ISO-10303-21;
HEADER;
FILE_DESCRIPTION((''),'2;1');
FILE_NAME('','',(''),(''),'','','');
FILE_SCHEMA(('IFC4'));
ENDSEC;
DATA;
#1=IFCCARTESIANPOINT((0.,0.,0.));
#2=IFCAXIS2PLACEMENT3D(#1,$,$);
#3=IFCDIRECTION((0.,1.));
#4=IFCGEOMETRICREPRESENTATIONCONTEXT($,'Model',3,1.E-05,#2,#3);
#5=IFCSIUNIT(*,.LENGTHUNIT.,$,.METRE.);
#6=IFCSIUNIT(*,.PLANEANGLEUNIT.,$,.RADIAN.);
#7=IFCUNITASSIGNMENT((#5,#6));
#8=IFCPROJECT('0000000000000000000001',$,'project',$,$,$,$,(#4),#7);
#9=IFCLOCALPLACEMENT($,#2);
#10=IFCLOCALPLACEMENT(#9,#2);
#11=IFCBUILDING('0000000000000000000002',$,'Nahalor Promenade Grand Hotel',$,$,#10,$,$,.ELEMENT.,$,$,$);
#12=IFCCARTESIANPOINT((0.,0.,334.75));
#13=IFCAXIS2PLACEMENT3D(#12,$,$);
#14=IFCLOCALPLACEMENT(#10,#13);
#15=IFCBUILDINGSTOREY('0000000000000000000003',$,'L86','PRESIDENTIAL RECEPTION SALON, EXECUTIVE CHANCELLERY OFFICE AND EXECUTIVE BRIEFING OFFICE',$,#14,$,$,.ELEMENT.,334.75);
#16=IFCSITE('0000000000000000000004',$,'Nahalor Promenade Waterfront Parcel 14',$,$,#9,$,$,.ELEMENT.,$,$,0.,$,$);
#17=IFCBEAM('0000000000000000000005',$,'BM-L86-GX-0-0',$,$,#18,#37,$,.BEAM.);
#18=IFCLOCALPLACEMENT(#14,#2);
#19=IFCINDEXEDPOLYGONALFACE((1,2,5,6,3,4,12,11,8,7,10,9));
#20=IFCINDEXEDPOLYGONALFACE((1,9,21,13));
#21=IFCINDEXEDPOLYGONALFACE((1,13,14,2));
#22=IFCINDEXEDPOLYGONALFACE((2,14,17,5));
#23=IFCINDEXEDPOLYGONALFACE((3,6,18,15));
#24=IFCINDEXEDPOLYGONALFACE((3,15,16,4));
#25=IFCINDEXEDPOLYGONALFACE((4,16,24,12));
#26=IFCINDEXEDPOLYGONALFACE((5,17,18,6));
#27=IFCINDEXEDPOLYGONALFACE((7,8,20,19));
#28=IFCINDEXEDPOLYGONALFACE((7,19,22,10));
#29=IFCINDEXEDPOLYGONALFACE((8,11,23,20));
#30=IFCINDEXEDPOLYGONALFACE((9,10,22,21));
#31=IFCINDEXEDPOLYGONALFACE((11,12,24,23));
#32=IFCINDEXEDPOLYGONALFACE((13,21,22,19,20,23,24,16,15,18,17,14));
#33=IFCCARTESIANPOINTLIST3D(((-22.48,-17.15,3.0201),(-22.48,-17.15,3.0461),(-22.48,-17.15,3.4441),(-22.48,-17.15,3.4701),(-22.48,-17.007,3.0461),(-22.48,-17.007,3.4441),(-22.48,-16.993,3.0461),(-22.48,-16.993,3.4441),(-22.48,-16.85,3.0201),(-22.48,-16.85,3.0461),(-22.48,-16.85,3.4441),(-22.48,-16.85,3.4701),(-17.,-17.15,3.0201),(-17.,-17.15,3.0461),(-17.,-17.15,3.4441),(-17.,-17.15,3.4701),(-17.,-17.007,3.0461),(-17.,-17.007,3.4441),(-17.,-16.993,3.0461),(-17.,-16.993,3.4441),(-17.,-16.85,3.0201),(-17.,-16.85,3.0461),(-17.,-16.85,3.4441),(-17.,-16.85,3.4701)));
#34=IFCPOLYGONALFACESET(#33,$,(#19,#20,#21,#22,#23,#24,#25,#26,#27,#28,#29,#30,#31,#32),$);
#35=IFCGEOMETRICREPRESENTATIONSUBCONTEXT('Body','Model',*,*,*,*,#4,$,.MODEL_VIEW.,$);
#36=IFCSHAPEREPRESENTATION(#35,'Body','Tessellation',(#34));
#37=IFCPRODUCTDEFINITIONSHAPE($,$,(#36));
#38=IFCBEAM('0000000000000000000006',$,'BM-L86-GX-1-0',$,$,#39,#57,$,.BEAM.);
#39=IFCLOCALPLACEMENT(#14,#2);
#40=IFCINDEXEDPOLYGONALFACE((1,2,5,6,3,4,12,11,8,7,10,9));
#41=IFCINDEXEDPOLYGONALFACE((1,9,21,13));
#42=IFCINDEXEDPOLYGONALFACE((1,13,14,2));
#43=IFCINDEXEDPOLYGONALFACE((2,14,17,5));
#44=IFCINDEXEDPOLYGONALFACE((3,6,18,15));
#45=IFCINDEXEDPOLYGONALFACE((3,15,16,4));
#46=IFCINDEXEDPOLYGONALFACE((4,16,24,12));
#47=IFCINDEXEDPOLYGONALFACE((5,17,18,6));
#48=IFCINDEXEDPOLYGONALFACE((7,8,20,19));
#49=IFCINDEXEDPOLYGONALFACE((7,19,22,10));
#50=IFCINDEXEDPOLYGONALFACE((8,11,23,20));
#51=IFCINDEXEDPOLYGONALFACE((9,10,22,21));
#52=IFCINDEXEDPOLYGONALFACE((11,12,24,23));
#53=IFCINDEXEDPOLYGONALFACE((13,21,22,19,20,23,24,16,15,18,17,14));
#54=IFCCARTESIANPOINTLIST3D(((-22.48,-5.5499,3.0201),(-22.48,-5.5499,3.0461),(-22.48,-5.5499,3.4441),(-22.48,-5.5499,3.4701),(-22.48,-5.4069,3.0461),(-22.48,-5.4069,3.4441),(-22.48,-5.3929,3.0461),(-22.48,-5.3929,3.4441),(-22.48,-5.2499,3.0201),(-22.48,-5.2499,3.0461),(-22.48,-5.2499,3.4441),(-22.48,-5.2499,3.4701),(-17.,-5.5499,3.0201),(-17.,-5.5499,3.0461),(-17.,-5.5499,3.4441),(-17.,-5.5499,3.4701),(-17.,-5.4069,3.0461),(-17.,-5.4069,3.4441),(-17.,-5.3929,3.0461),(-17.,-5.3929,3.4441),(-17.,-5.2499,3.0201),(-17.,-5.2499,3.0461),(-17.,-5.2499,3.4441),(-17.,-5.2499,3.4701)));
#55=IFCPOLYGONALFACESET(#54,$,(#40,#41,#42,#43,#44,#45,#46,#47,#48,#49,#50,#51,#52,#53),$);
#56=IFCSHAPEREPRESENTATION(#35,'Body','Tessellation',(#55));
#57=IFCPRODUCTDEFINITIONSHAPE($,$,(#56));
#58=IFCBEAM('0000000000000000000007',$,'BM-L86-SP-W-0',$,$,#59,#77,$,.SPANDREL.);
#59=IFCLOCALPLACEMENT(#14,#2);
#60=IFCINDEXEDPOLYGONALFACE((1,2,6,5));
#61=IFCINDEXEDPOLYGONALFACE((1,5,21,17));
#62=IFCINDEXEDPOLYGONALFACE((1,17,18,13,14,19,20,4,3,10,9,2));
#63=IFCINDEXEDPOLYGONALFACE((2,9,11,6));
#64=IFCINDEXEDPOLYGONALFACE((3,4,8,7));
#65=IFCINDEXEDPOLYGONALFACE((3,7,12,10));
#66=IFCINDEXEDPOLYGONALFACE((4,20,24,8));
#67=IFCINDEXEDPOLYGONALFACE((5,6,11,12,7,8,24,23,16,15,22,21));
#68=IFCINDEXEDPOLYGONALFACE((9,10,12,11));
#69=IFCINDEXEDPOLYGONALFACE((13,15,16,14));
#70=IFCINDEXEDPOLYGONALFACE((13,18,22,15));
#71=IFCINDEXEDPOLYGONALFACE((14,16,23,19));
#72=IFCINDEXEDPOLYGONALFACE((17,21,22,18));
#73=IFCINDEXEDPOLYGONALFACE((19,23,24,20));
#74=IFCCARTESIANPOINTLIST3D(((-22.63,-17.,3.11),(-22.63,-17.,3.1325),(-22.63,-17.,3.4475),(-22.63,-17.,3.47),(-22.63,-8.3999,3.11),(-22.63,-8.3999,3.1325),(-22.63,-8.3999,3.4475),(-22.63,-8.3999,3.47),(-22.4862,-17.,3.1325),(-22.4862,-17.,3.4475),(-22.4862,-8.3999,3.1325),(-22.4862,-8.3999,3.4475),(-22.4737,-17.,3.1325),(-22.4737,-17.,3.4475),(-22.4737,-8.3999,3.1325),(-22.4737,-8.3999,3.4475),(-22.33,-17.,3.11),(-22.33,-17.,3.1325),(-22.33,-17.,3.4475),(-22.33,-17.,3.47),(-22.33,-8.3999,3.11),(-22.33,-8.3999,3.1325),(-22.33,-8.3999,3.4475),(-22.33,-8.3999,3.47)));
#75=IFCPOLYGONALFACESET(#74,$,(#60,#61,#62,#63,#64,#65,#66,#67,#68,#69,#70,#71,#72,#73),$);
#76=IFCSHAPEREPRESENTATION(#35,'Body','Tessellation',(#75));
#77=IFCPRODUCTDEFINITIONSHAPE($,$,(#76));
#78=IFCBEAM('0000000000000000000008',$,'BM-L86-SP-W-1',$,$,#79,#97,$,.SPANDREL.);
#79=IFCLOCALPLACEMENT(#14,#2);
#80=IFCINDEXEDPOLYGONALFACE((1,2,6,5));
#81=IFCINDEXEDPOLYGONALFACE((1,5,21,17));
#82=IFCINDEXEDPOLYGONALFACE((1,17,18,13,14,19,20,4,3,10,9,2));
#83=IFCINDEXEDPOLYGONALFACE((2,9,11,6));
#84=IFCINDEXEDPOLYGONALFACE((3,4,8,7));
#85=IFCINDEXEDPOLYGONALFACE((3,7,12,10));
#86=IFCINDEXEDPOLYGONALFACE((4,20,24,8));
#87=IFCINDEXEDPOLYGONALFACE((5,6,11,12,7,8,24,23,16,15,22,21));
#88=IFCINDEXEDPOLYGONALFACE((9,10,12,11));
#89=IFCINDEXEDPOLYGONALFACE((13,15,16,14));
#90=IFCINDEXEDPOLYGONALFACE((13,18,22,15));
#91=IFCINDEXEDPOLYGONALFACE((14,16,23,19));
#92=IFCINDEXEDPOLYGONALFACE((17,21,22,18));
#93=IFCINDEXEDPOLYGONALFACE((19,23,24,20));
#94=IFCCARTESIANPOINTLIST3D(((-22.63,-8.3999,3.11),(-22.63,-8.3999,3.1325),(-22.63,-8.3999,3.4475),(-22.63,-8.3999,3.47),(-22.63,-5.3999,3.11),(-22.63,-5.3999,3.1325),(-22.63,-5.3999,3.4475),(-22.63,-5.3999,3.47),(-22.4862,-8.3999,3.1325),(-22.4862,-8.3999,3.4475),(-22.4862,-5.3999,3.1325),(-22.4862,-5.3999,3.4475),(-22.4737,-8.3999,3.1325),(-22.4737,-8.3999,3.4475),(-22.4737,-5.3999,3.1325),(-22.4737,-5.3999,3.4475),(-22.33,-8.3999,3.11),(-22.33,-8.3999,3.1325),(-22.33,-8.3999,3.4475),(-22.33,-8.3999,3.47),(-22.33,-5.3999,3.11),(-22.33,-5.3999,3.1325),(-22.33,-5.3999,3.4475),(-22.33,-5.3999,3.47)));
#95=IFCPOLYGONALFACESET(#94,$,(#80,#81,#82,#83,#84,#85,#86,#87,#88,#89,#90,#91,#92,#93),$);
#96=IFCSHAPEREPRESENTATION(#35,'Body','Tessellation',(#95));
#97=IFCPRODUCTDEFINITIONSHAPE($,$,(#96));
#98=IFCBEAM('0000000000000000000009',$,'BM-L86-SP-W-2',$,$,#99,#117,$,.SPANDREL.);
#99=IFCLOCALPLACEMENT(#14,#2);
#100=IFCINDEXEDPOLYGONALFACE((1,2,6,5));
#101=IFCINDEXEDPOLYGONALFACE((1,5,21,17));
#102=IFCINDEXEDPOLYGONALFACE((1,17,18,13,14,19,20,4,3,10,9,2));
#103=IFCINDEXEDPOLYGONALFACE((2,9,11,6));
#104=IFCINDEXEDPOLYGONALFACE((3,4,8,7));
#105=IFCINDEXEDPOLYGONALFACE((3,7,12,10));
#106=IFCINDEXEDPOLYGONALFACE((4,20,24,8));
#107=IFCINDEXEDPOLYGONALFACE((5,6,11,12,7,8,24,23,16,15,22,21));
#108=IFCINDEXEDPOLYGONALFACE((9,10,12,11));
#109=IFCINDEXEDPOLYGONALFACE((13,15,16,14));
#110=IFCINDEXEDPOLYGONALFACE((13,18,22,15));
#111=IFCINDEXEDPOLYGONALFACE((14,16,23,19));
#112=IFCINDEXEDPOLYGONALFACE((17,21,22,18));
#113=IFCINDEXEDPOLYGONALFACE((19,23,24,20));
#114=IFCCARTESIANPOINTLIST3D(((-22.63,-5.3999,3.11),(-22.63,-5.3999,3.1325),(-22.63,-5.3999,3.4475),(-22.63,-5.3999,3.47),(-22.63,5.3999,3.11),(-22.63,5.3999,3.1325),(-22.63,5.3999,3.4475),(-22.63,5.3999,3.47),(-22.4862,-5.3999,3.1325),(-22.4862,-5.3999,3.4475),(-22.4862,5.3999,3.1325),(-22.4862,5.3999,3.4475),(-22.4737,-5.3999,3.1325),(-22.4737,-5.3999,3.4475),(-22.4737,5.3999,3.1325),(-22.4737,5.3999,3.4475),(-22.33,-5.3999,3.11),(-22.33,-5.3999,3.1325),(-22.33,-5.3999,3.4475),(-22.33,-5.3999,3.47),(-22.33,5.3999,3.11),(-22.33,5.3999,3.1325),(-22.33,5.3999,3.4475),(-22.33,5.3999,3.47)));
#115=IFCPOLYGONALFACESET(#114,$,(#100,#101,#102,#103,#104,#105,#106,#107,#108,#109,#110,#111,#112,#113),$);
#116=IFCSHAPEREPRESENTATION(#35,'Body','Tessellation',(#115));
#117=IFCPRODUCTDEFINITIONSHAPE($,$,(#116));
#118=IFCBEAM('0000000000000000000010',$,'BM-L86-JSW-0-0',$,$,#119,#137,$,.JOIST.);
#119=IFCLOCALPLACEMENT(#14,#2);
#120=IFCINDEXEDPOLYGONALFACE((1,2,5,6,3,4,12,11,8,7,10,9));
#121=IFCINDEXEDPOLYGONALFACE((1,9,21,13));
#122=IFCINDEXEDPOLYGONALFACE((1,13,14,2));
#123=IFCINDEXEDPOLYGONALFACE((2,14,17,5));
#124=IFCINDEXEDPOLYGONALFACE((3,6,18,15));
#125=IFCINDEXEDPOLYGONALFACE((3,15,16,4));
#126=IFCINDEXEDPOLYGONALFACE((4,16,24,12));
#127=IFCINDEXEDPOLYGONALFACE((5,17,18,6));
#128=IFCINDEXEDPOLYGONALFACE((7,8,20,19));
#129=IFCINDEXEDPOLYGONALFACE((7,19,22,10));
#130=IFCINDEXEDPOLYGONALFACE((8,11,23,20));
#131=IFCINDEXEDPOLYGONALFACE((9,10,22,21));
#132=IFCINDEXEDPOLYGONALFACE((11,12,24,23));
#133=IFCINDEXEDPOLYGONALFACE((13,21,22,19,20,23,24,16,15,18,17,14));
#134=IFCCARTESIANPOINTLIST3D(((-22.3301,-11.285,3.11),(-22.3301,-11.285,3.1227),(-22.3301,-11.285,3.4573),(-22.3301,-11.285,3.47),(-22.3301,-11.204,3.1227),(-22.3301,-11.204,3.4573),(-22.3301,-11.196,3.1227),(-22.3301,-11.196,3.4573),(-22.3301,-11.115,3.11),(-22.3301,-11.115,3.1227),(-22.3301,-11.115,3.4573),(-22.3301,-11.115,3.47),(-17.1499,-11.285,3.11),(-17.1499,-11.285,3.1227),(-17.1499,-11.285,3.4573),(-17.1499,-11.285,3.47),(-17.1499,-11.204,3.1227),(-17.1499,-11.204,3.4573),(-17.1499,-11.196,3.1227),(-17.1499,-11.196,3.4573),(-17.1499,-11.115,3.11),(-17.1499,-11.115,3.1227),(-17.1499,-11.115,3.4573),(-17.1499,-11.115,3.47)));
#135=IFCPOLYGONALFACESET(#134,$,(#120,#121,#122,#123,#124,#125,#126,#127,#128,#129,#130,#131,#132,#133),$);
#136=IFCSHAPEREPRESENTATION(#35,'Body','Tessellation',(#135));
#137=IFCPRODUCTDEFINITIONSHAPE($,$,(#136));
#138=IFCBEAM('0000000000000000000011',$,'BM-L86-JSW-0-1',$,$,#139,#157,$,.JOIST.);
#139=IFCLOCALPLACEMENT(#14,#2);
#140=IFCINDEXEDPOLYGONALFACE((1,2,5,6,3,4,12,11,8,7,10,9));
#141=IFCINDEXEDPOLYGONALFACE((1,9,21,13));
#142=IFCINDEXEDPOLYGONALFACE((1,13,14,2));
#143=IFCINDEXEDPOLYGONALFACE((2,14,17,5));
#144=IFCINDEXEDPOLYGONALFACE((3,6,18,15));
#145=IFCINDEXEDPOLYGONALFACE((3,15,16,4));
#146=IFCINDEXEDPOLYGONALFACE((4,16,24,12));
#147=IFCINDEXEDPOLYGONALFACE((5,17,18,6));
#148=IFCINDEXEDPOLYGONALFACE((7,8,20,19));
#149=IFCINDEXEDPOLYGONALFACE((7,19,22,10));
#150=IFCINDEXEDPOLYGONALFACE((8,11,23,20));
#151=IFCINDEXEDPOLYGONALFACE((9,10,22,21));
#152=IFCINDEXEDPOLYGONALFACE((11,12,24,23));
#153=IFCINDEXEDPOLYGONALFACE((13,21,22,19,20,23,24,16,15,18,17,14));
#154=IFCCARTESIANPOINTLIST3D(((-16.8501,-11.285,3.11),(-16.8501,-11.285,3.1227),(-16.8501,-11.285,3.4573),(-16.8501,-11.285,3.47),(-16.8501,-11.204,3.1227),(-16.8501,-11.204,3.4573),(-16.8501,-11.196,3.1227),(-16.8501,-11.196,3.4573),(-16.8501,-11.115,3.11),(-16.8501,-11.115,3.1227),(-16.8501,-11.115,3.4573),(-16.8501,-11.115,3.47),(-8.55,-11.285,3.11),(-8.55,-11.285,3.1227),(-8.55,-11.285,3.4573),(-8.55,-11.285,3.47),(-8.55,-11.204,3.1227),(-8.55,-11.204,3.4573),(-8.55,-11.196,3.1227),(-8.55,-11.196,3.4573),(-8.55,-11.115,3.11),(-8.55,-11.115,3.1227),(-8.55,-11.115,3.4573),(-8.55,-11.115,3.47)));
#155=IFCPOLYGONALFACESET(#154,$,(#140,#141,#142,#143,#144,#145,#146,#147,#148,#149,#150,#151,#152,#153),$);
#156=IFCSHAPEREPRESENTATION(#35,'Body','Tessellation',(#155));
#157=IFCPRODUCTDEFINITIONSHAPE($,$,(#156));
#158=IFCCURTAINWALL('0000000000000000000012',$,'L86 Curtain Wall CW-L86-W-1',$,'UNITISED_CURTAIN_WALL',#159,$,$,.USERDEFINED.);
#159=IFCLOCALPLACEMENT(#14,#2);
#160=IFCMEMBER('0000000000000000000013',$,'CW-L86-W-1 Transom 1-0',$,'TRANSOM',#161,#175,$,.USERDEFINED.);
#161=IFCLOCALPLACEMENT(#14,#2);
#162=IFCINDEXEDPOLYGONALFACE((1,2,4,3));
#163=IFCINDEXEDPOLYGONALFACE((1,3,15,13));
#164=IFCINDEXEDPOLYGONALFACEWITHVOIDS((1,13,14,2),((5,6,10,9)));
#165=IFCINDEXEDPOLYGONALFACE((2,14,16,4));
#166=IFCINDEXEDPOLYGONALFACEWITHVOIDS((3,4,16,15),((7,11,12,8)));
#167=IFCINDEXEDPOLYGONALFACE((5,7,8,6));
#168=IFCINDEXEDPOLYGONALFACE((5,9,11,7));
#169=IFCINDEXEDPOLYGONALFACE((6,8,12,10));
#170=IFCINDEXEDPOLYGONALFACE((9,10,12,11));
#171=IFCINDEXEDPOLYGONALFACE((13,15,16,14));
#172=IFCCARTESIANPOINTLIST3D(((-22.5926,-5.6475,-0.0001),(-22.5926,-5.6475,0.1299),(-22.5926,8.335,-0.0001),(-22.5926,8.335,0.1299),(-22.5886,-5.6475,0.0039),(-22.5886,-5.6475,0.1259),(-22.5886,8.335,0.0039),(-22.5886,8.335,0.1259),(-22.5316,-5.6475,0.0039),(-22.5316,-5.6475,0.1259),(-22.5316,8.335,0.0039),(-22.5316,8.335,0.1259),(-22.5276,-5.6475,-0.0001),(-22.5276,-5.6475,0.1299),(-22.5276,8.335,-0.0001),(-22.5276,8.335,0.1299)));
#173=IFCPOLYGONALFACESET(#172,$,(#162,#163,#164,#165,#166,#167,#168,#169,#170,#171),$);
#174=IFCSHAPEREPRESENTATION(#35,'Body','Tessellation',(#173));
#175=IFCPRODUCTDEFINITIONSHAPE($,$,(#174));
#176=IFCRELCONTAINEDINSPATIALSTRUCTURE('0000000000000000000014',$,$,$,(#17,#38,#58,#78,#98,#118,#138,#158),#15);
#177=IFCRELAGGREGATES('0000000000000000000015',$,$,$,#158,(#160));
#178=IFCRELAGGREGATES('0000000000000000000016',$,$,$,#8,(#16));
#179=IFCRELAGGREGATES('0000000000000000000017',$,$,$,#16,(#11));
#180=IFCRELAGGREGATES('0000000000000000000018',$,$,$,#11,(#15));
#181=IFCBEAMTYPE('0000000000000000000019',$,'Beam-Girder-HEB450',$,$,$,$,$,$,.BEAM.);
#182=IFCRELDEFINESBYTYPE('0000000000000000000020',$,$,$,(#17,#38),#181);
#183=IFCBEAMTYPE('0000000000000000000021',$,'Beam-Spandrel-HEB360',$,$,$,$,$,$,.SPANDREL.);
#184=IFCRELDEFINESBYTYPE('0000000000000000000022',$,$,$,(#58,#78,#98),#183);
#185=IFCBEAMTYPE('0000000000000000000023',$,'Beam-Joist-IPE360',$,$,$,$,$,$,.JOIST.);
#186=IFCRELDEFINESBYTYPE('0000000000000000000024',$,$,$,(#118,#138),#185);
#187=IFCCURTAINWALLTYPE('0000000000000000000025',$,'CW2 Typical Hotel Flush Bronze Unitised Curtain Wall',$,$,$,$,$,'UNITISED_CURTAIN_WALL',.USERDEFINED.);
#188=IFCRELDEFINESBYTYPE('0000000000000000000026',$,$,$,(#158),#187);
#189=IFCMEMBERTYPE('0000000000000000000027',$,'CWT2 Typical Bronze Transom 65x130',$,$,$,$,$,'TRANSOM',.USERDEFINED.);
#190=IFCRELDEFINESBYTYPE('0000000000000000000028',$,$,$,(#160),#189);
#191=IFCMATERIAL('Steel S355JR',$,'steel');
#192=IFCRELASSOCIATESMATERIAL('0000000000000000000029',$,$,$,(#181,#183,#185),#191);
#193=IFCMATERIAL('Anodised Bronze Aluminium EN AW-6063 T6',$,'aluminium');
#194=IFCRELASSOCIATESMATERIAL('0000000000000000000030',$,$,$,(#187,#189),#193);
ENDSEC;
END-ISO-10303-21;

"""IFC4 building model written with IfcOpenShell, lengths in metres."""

from ifc_helpers import new_model, si_unit, direction, frame, origin, origin_2d, place, context, subcontext, project, spatial, hollow_rectangle, i_section, extrude, source, transform, mapped, material, material_profile, profile_set, type_object, element, aggregate, save


model = new_model("IFC4")

# Units and contexts
model_context = context("Model", 3, precision=1e-05, world=origin(), true_north=direction((0.0, 1.0)))
body_context = subcontext(model_context, "Body", "Model", "MODEL_VIEW")
ifc_project = project(units=[si_unit("LENGTHUNIT", "METRE"), si_unit("PLANEANGLEUNIT", "RADIAN")], contexts=[model_context])

# Site, building, storey
site_placement = place(None, origin())
site = spatial("IfcSite", under=ifc_project, at=site_placement, Name="Nahalor Promenade Waterfront Parcel 14", CompositionType="ELEMENT", RefElevation=0.0)
building_placement = place(site_placement, origin())
building = spatial("IfcBuilding", under=site, at=building_placement, Name="Nahalor Promenade Grand Hotel", CompositionType="ELEMENT")
storey_placement = place(building_placement, frame((0.0, 0.0, 334.75)))
storey = spatial("IfcBuildingStorey", under=building, at=storey_placement, Name="L86", Description="PRESIDENTIAL RECEPTION SALON, EXECUTIVE CHANCELLERY OFFICE AND EXECUTIVE BRIEFING OFFICE", CompositionType="ELEMENT", Elevation=334.75)

# Shared definitions
ifc_material_1 = material(Name="Steel S355JR", Category="steel")

# Beams
ifc_material_profile_1 = material_profile(ifc_material_1, i_section(OverallWidth=0.3, OverallDepth=0.45, WebThickness=0.014, FlangeThickness=0.026, at=origin_2d()), Name="HEB 450")
ifc_profile_set_1 = profile_set([ifc_material_profile_1], Name="Steel S355JR")
beam_type_1 = type_object("IfcBeamType", Name="Beam-Girder-HEB450", PredefinedType="BEAM", material=ifc_profile_set_1)
shared_shape_1 = source(origin(), body_context, "Body", "SweptSolid", [
    extrude(i_section(OverallWidth=0.3, OverallDepth=0.45, WebThickness=0.014, FlangeThickness=0.026, at=origin_2d()), origin(), (0.0, 0.0, 1.0), 5.48),
])
for number, where, z_axis, x_axis, name in (
    (1, (-22.48, -17.0, 3.2451), (1.0, 0.0, 0.0), (0.0, 1.0, 0.0), "BM-L86-GX-0-0"),
    (2, (-22.48, -5.3999, 3.2451), (1.0, 0.0, 0.0), (0.0, 1.0, 0.0), "BM-L86-GX-1-0"),
):
    element("IfcBeam", number, at=place(storey_placement, frame(where, z_axis=z_axis, x_axis=x_axis)), inside=storey, type_object=beam_type_1, Name=name, PredefinedType="BEAM", context=body_context, shape_type="MappedRepresentation", body=[
        mapped(shared_shape_1, transform((0.0, 0.0, 0.0), scale=1.0)),
    ])
ifc_material_profile_2 = material_profile(ifc_material_1, i_section(OverallWidth=0.3, OverallDepth=0.36, WebThickness=0.0125, FlangeThickness=0.0225, at=origin_2d()), Name="HEB 360")
ifc_profile_set_2 = profile_set([ifc_material_profile_2], Name="Steel S355JR")
beam_type_2 = type_object("IfcBeamType", Name="Beam-Spandrel-HEB360", PredefinedType="SPANDREL", material=ifc_profile_set_2)
shared_shape_2 = source(origin(), body_context, "Body", "SweptSolid", [
    extrude(i_section(OverallWidth=0.3, OverallDepth=0.36, WebThickness=0.0125, FlangeThickness=0.0225, at=origin_2d()), origin(), (0.0, 0.0, 1.0), 8.6001),
])
beam_1_placement = place(storey_placement, frame((-22.48, -17.0, 3.29), z_axis=(0.0, 1.0, 0.0), x_axis=(-1.0, 0.0, 0.0)))
element("IfcBeam", 3, at=beam_1_placement, inside=storey, type_object=beam_type_2, Name="BM-L86-SP-W-0", PredefinedType="SPANDREL", context=body_context, shape_type="MappedRepresentation", body=[
    mapped(shared_shape_2, transform((0.0, 0.0, 0.0), scale=1.0)),
])
shared_shape_3 = source(origin(), body_context, "Body", "SweptSolid", [
    extrude(i_section(OverallWidth=0.3, OverallDepth=0.36, WebThickness=0.0125, FlangeThickness=0.0225, at=origin_2d()), origin(), (0.0, 0.0, 1.0), 3.0),
])
beam_2_placement = place(storey_placement, frame((-22.48, -8.3999, 3.29), z_axis=(0.0, 1.0, 0.0), x_axis=(-1.0, 0.0, 0.0)))
element("IfcBeam", 4, at=beam_2_placement, inside=storey, type_object=beam_type_2, Name="BM-L86-SP-W-1", PredefinedType="SPANDREL", context=body_context, shape_type="MappedRepresentation", body=[
    mapped(shared_shape_3, transform((0.0, 0.0, 0.0), scale=1.0)),
])
shared_shape_4 = source(origin(), body_context, "Body", "SweptSolid", [
    extrude(i_section(OverallWidth=0.3, OverallDepth=0.36, WebThickness=0.0125, FlangeThickness=0.0225, at=origin_2d()), origin(), (0.0, 0.0, 1.0), 10.7998),
])
beam_3_placement = place(storey_placement, frame((-22.48, -5.3999, 3.29), z_axis=(0.0, 1.0, 0.0), x_axis=(-1.0, 0.0, 0.0)))
element("IfcBeam", 5, at=beam_3_placement, inside=storey, type_object=beam_type_2, Name="BM-L86-SP-W-2", PredefinedType="SPANDREL", context=body_context, shape_type="MappedRepresentation", body=[
    mapped(shared_shape_4, transform((0.0, 0.0, 0.0), scale=1.0)),
])
ifc_material_profile_3 = material_profile(ifc_material_1, i_section(OverallWidth=0.17, OverallDepth=0.36, WebThickness=0.008, FlangeThickness=0.0127, at=origin_2d()), Name="IPE 360")
ifc_profile_set_3 = profile_set([ifc_material_profile_3], Name="Steel S355JR")
beam_type_3 = type_object("IfcBeamType", Name="Beam-Joist-IPE360", PredefinedType="JOIST", material=ifc_profile_set_3)
shared_shape_5 = source(origin(), body_context, "Body", "SweptSolid", [
    extrude(i_section(OverallWidth=0.17, OverallDepth=0.36, WebThickness=0.008, FlangeThickness=0.0127, at=origin_2d()), origin(), (0.0, 0.0, 1.0), 5.1802),
])
beam_4_placement = place(storey_placement, frame((-22.3301, -11.2, 3.29), z_axis=(1.0, 0.0, 0.0), x_axis=(0.0, 1.0, 0.0)))
element("IfcBeam", 6, at=beam_4_placement, inside=storey, type_object=beam_type_3, Name="BM-L86-JSW-0-0", PredefinedType="JOIST", context=body_context, shape_type="MappedRepresentation", body=[
    mapped(shared_shape_5, transform((0.0, 0.0, 0.0), scale=1.0)),
])
shared_shape_6 = source(origin(), body_context, "Body", "SweptSolid", [
    extrude(i_section(OverallWidth=0.17, OverallDepth=0.36, WebThickness=0.008, FlangeThickness=0.0127, at=origin_2d()), origin(), (0.0, 0.0, 1.0), 8.3),
])
beam_5_placement = place(storey_placement, frame((-16.8501, -11.2, 3.29), z_axis=(1.0, 0.0, 0.0), x_axis=(0.0, 1.0, 0.0)))
element("IfcBeam", 7, at=beam_5_placement, inside=storey, type_object=beam_type_3, Name="BM-L86-JSW-0-1", PredefinedType="JOIST", context=body_context, shape_type="MappedRepresentation", body=[
    mapped(shared_shape_6, transform((0.0, 0.0, 0.0), scale=1.0)),
])

# Curtain wall, member
ifc_material_2 = material(Name="Anodised Bronze Aluminium EN AW-6063 T6", Category="aluminium")
curtain_wall_type = type_object("IfcCurtainWallType", Name="CW2 Typical Hotel Flush Bronze Unitised Curtain Wall", ElementType="UNITISED_CURTAIN_WALL", PredefinedType="USERDEFINED", material=ifc_material_2)
curtain_wall_placement = place(storey_placement, origin())
curtain_wall = element("IfcCurtainWall", 8, at=curtain_wall_placement, inside=storey, type_object=curtain_wall_type, Name="L86 Curtain Wall CW-L86-W-1", ObjectType="UNITISED_CURTAIN_WALL", PredefinedType="USERDEFINED")
ifc_material_profile_4 = material_profile(ifc_material_2, hollow_rectangle(XDim=0.065, YDim=0.13, WallThickness=0.004, at=origin_2d()), Name="CWT 65x130x4")
ifc_profile_set_4 = profile_set([ifc_material_profile_4], Name="Anodised Bronze Aluminium EN AW-6063 T6")
member_type_1 = type_object("IfcMemberType", Name="CWT2 Typical Bronze Transom 65x130", ElementType="TRANSOM", PredefinedType="USERDEFINED", material=ifc_profile_set_4)
shared_shape_7 = source(origin(), body_context, "Body", "SweptSolid", [
    extrude(hollow_rectangle(XDim=0.065, YDim=0.13, WallThickness=0.004, at=origin_2d()), origin(), (0.0, 0.0, 1.0), 13.9824),
])
member_1_placement = place(storey_placement, frame((-22.5601, -5.6475, 0.0649), z_axis=(0.0, 1.0, 0.0), x_axis=(-1.0, 0.0, 0.0)))
member_1 = element("IfcMember", 9, at=member_1_placement, type_object=member_type_1, Name="CW-L86-W-1 Transom 1-0", ObjectType="TRANSOM", PredefinedType="USERDEFINED", context=body_context, shape_type="MappedRepresentation", body=[
    mapped(shared_shape_7, transform((0.0, 0.0, 0.0), scale=1.0)),
])
aggregate(curtain_wall, [member_1])

save(model, "model.ifc")
